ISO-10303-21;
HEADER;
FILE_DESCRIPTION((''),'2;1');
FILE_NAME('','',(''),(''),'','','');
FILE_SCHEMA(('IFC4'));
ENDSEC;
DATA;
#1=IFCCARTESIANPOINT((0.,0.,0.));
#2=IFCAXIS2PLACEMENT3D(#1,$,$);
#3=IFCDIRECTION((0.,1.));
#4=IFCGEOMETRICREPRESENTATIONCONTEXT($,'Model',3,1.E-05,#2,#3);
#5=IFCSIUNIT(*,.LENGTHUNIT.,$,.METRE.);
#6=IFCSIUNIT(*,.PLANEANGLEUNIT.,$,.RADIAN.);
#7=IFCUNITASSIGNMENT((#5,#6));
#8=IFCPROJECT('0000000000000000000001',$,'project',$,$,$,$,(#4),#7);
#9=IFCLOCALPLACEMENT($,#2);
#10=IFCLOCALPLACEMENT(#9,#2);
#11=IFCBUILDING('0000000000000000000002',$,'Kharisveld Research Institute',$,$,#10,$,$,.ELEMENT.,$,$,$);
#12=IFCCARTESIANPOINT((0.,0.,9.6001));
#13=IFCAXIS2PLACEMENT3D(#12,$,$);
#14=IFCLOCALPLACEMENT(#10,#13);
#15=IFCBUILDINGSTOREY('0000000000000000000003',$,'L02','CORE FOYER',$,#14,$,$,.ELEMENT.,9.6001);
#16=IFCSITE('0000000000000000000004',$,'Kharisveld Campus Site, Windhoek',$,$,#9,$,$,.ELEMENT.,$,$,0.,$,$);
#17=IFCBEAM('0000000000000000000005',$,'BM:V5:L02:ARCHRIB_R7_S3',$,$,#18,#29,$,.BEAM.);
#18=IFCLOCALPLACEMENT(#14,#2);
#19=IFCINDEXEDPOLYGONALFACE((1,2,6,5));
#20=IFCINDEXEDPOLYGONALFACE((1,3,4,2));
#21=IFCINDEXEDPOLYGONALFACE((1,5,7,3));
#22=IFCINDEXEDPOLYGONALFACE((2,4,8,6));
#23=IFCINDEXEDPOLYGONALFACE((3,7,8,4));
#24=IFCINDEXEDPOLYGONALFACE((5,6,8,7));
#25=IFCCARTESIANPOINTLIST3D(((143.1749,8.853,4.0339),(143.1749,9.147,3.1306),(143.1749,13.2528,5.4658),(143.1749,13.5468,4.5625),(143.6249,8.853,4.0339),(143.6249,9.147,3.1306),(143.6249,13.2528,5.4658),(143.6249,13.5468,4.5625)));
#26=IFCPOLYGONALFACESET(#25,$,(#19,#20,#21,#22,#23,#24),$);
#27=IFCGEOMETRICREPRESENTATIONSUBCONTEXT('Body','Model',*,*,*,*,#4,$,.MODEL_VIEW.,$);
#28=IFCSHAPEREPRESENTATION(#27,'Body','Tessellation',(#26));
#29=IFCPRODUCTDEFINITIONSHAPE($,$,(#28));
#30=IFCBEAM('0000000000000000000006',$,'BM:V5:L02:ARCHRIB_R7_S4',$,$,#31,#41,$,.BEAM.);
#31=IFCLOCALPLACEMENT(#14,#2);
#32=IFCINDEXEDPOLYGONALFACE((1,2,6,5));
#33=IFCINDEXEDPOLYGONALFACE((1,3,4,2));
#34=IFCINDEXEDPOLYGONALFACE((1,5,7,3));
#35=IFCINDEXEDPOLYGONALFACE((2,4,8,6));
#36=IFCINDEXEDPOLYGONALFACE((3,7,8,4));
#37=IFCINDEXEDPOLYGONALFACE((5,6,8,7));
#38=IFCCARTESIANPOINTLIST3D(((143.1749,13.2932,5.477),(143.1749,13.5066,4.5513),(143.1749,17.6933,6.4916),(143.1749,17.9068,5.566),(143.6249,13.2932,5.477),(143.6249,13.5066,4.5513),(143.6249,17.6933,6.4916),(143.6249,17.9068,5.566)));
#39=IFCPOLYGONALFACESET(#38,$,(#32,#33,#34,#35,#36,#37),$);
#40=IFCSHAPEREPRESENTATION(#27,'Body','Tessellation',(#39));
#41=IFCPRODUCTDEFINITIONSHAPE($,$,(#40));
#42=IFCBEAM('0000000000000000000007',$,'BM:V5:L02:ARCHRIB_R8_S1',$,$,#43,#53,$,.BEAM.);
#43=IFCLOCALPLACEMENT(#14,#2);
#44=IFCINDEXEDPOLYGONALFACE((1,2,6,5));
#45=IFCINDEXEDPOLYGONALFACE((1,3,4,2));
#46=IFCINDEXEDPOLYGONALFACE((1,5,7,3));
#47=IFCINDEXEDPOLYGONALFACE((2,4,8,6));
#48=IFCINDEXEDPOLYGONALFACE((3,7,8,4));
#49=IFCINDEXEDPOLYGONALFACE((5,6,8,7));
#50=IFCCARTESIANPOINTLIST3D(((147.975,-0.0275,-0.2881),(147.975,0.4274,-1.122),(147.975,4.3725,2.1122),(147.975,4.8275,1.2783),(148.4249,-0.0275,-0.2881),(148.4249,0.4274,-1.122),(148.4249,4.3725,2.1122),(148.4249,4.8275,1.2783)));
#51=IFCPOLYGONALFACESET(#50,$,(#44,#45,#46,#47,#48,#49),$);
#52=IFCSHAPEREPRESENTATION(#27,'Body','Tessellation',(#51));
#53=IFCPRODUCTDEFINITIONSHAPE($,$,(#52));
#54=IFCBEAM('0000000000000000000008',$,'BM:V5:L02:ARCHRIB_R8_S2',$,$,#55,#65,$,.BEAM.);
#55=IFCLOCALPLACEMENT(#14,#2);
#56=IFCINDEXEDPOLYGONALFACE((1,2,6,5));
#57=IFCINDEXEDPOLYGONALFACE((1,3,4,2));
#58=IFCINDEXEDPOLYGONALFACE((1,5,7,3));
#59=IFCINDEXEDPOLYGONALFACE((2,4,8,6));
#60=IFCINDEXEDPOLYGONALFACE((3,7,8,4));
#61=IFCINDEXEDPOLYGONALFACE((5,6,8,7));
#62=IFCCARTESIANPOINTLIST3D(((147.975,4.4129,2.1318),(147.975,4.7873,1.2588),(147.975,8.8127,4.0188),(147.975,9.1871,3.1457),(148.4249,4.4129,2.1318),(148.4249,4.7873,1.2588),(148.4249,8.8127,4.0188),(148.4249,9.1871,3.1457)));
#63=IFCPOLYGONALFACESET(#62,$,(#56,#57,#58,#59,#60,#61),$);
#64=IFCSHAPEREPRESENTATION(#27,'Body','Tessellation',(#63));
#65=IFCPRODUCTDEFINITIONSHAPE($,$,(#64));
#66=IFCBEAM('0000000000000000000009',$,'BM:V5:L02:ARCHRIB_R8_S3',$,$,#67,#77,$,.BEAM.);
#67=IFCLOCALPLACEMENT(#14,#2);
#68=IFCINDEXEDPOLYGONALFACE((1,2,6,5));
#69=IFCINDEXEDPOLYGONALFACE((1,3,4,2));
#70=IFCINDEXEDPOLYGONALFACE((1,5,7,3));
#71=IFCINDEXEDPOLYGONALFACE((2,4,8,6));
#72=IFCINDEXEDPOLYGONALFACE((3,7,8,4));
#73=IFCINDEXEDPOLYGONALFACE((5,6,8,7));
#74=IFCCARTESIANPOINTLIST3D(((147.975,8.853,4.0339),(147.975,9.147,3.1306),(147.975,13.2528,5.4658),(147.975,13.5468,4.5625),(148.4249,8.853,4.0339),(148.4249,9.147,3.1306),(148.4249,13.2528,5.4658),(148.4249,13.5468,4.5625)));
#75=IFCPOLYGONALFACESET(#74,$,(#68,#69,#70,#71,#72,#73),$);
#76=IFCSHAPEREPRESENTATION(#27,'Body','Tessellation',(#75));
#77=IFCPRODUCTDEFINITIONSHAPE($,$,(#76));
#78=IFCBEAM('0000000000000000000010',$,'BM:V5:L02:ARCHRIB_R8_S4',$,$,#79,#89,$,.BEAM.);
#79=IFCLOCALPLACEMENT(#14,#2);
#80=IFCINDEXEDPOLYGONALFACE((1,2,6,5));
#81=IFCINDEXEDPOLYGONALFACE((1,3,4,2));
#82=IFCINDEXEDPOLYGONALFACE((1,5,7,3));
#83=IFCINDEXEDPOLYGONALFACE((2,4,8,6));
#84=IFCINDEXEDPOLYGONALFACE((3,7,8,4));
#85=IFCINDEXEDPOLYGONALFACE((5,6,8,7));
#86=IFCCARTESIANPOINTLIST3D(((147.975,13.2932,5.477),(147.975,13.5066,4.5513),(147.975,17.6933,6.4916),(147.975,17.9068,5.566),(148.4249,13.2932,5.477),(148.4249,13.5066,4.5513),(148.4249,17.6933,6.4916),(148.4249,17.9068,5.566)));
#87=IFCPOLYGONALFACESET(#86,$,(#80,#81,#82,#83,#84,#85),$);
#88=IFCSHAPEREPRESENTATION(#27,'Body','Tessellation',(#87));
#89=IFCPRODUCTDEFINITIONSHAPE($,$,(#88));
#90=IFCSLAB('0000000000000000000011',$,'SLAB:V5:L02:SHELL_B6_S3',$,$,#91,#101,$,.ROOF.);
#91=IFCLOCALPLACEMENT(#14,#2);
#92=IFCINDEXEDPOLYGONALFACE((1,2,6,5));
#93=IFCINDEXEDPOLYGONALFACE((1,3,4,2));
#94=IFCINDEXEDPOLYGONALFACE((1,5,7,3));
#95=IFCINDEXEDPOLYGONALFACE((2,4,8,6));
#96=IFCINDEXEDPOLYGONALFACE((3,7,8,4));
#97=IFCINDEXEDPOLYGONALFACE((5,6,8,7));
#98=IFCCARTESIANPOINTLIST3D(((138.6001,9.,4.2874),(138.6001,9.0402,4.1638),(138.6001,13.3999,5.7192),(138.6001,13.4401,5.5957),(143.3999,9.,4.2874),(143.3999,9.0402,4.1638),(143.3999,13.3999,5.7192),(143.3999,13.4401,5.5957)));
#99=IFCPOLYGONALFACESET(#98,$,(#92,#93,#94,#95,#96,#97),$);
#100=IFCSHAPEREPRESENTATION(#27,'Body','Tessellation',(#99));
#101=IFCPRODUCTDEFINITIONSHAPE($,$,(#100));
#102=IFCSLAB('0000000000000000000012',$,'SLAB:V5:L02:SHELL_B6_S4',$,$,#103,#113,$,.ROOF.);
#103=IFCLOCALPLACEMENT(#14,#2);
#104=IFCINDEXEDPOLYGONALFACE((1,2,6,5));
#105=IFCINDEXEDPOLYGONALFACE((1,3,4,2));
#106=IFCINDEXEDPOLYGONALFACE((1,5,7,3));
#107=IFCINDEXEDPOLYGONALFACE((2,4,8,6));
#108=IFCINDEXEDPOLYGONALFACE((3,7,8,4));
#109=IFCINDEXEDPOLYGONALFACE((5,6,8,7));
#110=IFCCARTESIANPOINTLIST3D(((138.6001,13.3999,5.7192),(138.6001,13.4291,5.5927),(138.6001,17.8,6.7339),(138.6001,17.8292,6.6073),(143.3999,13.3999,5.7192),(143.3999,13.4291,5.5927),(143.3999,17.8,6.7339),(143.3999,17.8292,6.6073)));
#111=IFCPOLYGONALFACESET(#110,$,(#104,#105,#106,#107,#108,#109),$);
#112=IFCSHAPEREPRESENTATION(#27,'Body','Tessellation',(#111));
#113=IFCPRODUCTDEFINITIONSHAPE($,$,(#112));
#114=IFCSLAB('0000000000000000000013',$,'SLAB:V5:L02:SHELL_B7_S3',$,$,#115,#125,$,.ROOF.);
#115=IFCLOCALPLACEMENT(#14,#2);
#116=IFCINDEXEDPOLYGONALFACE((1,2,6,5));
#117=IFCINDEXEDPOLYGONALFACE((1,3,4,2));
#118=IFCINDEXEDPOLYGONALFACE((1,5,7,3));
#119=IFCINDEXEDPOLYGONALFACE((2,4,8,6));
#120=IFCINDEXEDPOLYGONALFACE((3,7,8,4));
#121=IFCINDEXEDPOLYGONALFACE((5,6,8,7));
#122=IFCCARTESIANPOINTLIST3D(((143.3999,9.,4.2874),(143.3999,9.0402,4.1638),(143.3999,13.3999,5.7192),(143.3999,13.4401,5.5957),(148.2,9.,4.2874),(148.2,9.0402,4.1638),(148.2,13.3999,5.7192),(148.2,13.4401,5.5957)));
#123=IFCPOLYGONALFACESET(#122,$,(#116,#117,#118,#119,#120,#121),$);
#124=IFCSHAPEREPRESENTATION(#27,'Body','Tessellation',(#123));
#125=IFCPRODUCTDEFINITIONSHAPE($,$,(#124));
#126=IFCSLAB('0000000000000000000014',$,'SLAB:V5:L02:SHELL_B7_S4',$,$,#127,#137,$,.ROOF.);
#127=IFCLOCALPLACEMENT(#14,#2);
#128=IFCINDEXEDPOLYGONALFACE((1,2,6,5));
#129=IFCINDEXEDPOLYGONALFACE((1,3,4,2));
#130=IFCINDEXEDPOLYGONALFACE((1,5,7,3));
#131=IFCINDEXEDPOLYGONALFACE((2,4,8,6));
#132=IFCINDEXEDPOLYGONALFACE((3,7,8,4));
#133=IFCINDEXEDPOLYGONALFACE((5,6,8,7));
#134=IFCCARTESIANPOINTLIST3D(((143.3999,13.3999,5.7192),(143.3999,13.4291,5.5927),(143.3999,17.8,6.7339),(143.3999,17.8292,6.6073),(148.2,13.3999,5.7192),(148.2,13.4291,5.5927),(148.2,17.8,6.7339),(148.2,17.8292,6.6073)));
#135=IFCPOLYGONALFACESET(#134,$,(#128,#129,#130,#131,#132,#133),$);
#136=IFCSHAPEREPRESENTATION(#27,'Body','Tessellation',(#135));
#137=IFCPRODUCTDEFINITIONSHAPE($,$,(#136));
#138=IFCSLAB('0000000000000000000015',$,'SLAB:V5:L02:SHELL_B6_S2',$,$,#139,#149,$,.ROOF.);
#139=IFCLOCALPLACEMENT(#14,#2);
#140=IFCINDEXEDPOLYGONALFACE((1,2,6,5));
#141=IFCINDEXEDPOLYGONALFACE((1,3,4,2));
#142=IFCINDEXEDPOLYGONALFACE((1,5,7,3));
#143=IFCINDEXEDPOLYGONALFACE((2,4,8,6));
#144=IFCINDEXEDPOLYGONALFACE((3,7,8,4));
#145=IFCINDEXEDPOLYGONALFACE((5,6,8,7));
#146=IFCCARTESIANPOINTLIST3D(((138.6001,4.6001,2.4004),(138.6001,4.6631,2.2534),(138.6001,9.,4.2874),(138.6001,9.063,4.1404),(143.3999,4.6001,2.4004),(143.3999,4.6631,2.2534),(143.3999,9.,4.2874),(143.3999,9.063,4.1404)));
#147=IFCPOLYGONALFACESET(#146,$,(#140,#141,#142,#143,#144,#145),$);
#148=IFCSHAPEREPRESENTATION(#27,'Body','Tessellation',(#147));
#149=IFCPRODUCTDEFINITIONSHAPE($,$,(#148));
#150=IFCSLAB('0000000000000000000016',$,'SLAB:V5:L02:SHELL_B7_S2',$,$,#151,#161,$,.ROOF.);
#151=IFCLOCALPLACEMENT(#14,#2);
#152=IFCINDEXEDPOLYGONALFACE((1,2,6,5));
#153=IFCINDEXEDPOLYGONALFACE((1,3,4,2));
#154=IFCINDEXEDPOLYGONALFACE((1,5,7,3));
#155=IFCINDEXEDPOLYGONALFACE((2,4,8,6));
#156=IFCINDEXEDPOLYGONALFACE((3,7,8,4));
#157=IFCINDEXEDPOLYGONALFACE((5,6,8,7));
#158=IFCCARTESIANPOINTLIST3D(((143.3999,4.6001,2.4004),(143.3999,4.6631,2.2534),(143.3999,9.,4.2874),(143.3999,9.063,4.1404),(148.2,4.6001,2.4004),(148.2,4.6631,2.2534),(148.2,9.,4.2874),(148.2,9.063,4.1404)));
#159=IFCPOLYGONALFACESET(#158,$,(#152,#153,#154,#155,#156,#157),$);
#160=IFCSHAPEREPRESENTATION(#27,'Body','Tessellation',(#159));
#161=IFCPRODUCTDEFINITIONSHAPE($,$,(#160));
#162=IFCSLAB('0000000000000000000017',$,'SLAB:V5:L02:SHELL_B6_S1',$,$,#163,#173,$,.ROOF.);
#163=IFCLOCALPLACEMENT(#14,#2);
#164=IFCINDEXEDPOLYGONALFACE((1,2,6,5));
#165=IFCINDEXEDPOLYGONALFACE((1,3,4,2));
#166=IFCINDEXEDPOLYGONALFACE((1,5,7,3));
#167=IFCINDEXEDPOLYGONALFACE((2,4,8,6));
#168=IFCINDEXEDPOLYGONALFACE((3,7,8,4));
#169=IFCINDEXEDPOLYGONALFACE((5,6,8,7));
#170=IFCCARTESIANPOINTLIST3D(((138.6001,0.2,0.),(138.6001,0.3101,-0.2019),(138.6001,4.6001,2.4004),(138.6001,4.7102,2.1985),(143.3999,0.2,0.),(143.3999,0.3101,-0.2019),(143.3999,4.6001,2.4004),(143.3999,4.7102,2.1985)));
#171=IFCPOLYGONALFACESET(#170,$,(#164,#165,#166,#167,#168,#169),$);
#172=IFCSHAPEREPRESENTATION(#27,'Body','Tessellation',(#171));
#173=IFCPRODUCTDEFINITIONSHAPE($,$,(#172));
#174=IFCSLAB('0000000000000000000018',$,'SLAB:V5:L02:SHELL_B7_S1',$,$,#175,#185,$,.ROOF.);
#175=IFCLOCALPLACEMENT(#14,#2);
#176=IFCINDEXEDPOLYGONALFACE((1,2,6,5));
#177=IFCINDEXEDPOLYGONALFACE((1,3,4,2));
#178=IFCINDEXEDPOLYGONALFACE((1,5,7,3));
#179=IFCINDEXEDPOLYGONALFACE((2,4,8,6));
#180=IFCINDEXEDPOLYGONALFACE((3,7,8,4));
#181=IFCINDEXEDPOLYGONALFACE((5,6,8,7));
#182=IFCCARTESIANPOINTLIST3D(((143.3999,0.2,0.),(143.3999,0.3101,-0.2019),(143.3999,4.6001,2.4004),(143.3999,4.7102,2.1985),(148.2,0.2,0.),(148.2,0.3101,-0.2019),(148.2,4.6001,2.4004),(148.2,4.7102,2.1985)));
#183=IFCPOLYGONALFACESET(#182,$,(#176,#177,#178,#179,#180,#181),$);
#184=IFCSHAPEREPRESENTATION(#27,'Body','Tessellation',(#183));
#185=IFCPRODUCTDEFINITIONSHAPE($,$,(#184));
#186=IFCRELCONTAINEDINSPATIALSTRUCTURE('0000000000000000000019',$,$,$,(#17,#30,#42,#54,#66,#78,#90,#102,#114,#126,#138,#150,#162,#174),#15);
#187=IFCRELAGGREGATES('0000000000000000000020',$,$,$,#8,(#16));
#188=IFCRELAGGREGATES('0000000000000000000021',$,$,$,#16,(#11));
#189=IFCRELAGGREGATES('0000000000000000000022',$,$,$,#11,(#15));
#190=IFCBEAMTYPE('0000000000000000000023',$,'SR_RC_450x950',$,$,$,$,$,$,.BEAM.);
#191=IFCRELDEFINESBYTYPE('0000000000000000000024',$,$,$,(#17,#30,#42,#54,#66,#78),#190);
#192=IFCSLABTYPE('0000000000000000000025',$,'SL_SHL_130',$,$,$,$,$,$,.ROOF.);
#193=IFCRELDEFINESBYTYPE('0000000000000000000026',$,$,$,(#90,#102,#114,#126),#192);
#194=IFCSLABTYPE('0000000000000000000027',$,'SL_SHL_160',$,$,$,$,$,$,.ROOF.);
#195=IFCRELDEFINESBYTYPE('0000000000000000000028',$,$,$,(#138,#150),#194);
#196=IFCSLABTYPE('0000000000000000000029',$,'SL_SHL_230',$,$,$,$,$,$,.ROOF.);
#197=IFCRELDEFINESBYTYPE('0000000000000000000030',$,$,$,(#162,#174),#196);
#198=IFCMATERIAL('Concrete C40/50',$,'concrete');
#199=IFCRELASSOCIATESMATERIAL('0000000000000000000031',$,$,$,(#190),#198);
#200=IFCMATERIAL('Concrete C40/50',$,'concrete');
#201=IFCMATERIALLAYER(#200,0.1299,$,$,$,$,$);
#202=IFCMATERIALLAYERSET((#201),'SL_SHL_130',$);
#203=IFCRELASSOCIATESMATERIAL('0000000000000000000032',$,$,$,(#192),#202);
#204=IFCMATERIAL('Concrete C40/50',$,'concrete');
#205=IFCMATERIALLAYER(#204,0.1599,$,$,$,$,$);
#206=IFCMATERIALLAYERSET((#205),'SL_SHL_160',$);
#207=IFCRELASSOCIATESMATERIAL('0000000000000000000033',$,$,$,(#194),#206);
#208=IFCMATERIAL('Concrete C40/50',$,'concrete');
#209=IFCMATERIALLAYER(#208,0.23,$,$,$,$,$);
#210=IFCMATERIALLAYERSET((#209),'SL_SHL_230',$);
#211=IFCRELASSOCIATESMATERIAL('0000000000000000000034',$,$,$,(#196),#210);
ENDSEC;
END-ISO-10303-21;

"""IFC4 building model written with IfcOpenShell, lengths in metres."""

from ifc_helpers import new_model, si_unit, direction, frame, origin, origin_2d, place, context, subcontext, project, spatial, polyline, rectangle, outline, extrude, material, layer, layer_set, material_profile, profile_set, type_object, element, save


model = new_model("IFC4")

# Units and contexts
model_context = context("Model", 3, precision=1e-05, world=origin(), true_north=direction((0.0, 1.0)))
body_context = subcontext(model_context, "Body", "Model", "MODEL_VIEW")
ifc_project = project(units=[si_unit("LENGTHUNIT", "METRE"), si_unit("PLANEANGLEUNIT", "RADIAN")], contexts=[model_context])

# Site, building, storey
site_placement = place(None, origin())
site = spatial("IfcSite", under=ifc_project, at=site_placement, Name="Kharisveld Campus Site, Windhoek", CompositionType="ELEMENT", RefElevation=0.0)
building_placement = place(site_placement, origin())
building = spatial("IfcBuilding", under=site, at=building_placement, Name="Kharisveld Research Institute", CompositionType="ELEMENT")
storey_placement = place(building_placement, frame((0.0, 0.0, 9.6001)))
storey = spatial("IfcBuildingStorey", under=building, at=storey_placement, Name="L02", Description="CORE FOYER", CompositionType="ELEMENT", Elevation=9.6001)

# Beams
ifc_material_1 = material(Name="Concrete C40/50", Category="concrete")
ifc_material_profile_1 = material_profile(ifc_material_1, rectangle(XDim=0.45, YDim=0.95, at=origin_2d()))
ifc_profile_set_1 = profile_set([ifc_material_profile_1], Name="Concrete C40/50")
beam_type_1 = type_object("IfcBeamType", Name="SR_RC_450x950", PredefinedType="BEAM", material=ifc_profile_set_1)
beam_1_placement = place(storey_placement, frame((143.3999, 9.0, 3.5823), z_axis=(0.0, 0.950912, 0.309461), x_axis=(-1.0, 0.0, 0.0)))
element("IfcBeam", 1, at=beam_1_placement, inside=storey, type_object=beam_type_1, Name="BM:V5:L02:ARCHRIB_R7_S3", PredefinedType="BEAM", context=body_context, shape_type="SweptSolid", body=[
    extrude(rectangle(XDim=0.45, YDim=0.95, at=origin_2d()), origin(), (0.0, 0.0, 1.0), 4.627),
])
beam_2_placement = place(storey_placement, frame((143.3999, 13.3999, 5.0142), z_axis=(0.0, 0.974429, 0.224698), x_axis=(-1.0, 0.0, 0.0)))
element("IfcBeam", 2, at=beam_2_placement, inside=storey, type_object=beam_type_1, Name="BM:V5:L02:ARCHRIB_R7_S4", PredefinedType="BEAM", context=body_context, shape_type="SweptSolid", body=[
    extrude(rectangle(XDim=0.45, YDim=0.95, at=origin_2d()), origin(), (0.0, 0.0, 1.0), 4.5156),
])
beam_3_placement = place(storey_placement, frame((148.2, 0.2, -0.7051), z_axis=(0.0, 0.87787, 0.4789), x_axis=(-1.0, 0.0, 0.0)))
element("IfcBeam", 3, at=beam_3_placement, inside=storey, type_object=beam_type_1, Name="BM:V5:L02:ARCHRIB_R8_S1", PredefinedType="BEAM", context=body_context, shape_type="SweptSolid", body=[
    extrude(rectangle(XDim=0.45, YDim=0.95, at=origin_2d()), origin(), (0.0, 0.0, 1.0), 5.0122),
])
beam_4_placement = place(storey_placement, frame((148.2, 4.6001, 1.6953), z_axis=(0.0, 0.919047, 0.394147), x_axis=(-1.0, 0.0, 0.0)))
element("IfcBeam", 4, at=beam_4_placement, inside=storey, type_object=beam_type_1, Name="BM:V5:L02:ARCHRIB_R8_S2", PredefinedType="BEAM", context=body_context, shape_type="SweptSolid", body=[
    extrude(rectangle(XDim=0.45, YDim=0.95, at=origin_2d()), origin(), (0.0, 0.0, 1.0), 4.7874),
])
beam_5_placement = place(storey_placement, frame((148.2, 9.0, 3.5823), z_axis=(0.0, 0.950912, 0.309461), x_axis=(-1.0, 0.0, 0.0)))
element("IfcBeam", 5, at=beam_5_placement, inside=storey, type_object=beam_type_1, Name="BM:V5:L02:ARCHRIB_R8_S3", PredefinedType="BEAM", context=body_context, shape_type="SweptSolid", body=[
    extrude(rectangle(XDim=0.45, YDim=0.95, at=origin_2d()), origin(), (0.0, 0.0, 1.0), 4.627),
])
beam_6_placement = place(storey_placement, frame((148.2, 13.3999, 5.0142), z_axis=(0.0, 0.974429, 0.224698), x_axis=(-1.0, 0.0, 0.0)))
element("IfcBeam", 6, at=beam_6_placement, inside=storey, type_object=beam_type_1, Name="BM:V5:L02:ARCHRIB_R8_S4", PredefinedType="BEAM", context=body_context, shape_type="SweptSolid", body=[
    extrude(rectangle(XDim=0.45, YDim=0.95, at=origin_2d()), origin(), (0.0, 0.0, 1.0), 4.5156),
])

# Slabs
ifc_material_2 = material(Name="Concrete C40/50", Category="concrete")
ifc_layer_1 = layer(ifc_material_2, 0.1299)
ifc_layer_set_1 = layer_set([ifc_layer_1], Name="SL_SHL_130")
slab_type_1 = type_object("IfcSlabType", Name="SL_SHL_130", PredefinedType="ROOF", material=ifc_layer_set_1)
slab_1_placement = place(storey_placement, frame((138.6001, 9.0, 4.2874), z_axis=(0.0, -0.309461, 0.950912), x_axis=(1.0, 0.0, 0.0)))
element("IfcSlab", 7, at=slab_1_placement, inside=storey, type_object=slab_type_1, Name="SLAB:V5:L02:SHELL_B6_S3", PredefinedType="ROOF", context=body_context, shape_type="SweptSolid", body=[
    extrude(outline(polyline([(0.0, 0.0), (4.7998, 0.0), (4.7998, 4.627), (0.0, 4.627), (0.0, 0.0)])), origin(), (0.0, 0.0, -1.0), 0.1299),
])
slab_2_placement = place(storey_placement, frame((138.6001, 13.3999, 5.7192), z_axis=(0.0, -0.224698, 0.974429), x_axis=(1.0, 0.0, 0.0)))
element("IfcSlab", 8, at=slab_2_placement, inside=storey, type_object=slab_type_1, Name="SLAB:V5:L02:SHELL_B6_S4", PredefinedType="ROOF", context=body_context, shape_type="SweptSolid", body=[
    extrude(outline(polyline([(0.0, 0.0), (4.7998, 0.0), (4.7998, 4.5156), (0.0, 4.5156), (0.0, 0.0)])), origin(), (0.0, 0.0, -1.0), 0.1299),
])
slab_3_placement = place(storey_placement, frame((143.3999, 9.0, 4.2874), z_axis=(0.0, -0.309461, 0.950912), x_axis=(1.0, 0.0, 0.0)))
element("IfcSlab", 9, at=slab_3_placement, inside=storey, type_object=slab_type_1, Name="SLAB:V5:L02:SHELL_B7_S3", PredefinedType="ROOF", context=body_context, shape_type="SweptSolid", body=[
    extrude(outline(polyline([(0.0, 0.0), (4.8, 0.0), (4.8, 4.627), (0.0, 4.627), (0.0, 0.0)])), origin(), (0.0, 0.0, -1.0), 0.1299),
])
slab_4_placement = place(storey_placement, frame((143.3999, 13.3999, 5.7192), z_axis=(0.0, -0.224698, 0.974429), x_axis=(1.0, 0.0, 0.0)))
element("IfcSlab", 10, at=slab_4_placement, inside=storey, type_object=slab_type_1, Name="SLAB:V5:L02:SHELL_B7_S4", PredefinedType="ROOF", context=body_context, shape_type="SweptSolid", body=[
    extrude(outline(polyline([(0.0, 0.0), (4.8, 0.0), (4.8, 4.5156), (0.0, 4.5156), (0.0, 0.0)])), origin(), (0.0, 0.0, -1.0), 0.1299),
])
ifc_material_3 = material(Name="Concrete C40/50", Category="concrete")
ifc_layer_2 = layer(ifc_material_3, 0.1599)
ifc_layer_set_2 = layer_set([ifc_layer_2], Name="SL_SHL_160")
slab_type_2 = type_object("IfcSlabType", Name="SL_SHL_160", PredefinedType="ROOF", material=ifc_layer_set_2)
slab_5_placement = place(storey_placement, frame((138.6001, 4.6001, 2.4004), z_axis=(0.0, -0.394147, 0.919047), x_axis=(1.0, 0.0, 0.0)))
element("IfcSlab", 11, at=slab_5_placement, inside=storey, type_object=slab_type_2, Name="SLAB:V5:L02:SHELL_B6_S2", PredefinedType="ROOF", context=body_context, shape_type="SweptSolid", body=[
    extrude(outline(polyline([(0.0, 0.0), (4.7998, 0.0), (4.7998, 4.7875), (0.0, 4.7875), (0.0, 0.0)])), origin(), (0.0, 0.0, -1.0), 0.1599),
])
slab_6_placement = place(storey_placement, frame((143.3999, 4.6001, 2.4004), z_axis=(0.0, -0.394147, 0.919047), x_axis=(1.0, 0.0, 0.0)))
element("IfcSlab", 12, at=slab_6_placement, inside=storey, type_object=slab_type_2, Name="SLAB:V5:L02:SHELL_B7_S2", PredefinedType="ROOF", context=body_context, shape_type="SweptSolid", body=[
    extrude(outline(polyline([(0.0, 0.0), (4.8, 0.0), (4.8, 4.7875), (0.0, 4.7875), (0.0, 0.0)])), origin(), (0.0, 0.0, -1.0), 0.1599),
])
ifc_material_4 = material(Name="Concrete C40/50", Category="concrete")
ifc_layer_3 = layer(ifc_material_4, 0.23)
ifc_layer_set_3 = layer_set([ifc_layer_3], Name="SL_SHL_230")
slab_type_3 = type_object("IfcSlabType", Name="SL_SHL_230", PredefinedType="ROOF", material=ifc_layer_set_3)
slab_7_placement = place(storey_placement, frame((138.6001, 0.2, 0.0), z_axis=(0.0, -0.4789, 0.87787), x_axis=(1.0, 0.0, 0.0)))
element("IfcSlab", 13, at=slab_7_placement, inside=storey, type_object=slab_type_3, Name="SLAB:V5:L02:SHELL_B6_S1", PredefinedType="ROOF", context=body_context, shape_type="SweptSolid", body=[
    extrude(outline(polyline([(0.0, 0.0), (4.7998, 0.0), (4.7998, 5.0123), (0.0, 5.0123), (0.0, 0.0)])), origin(), (0.0, 0.0, -1.0), 0.23),
])
slab_8_placement = place(storey_placement, frame((143.3999, 0.2, 0.0), z_axis=(0.0, -0.4789, 0.87787), x_axis=(1.0, 0.0, 0.0)))
element("IfcSlab", 14, at=slab_8_placement, inside=storey, type_object=slab_type_3, Name="SLAB:V5:L02:SHELL_B7_S1", PredefinedType="ROOF", context=body_context, shape_type="SweptSolid", body=[
    extrude(outline(polyline([(0.0, 0.0), (4.8, 0.0), (4.8, 5.0123), (0.0, 5.0123), (0.0, 0.0)])), origin(), (0.0, 0.0, -1.0), 0.23),
])

save(model, "model.ifc")
